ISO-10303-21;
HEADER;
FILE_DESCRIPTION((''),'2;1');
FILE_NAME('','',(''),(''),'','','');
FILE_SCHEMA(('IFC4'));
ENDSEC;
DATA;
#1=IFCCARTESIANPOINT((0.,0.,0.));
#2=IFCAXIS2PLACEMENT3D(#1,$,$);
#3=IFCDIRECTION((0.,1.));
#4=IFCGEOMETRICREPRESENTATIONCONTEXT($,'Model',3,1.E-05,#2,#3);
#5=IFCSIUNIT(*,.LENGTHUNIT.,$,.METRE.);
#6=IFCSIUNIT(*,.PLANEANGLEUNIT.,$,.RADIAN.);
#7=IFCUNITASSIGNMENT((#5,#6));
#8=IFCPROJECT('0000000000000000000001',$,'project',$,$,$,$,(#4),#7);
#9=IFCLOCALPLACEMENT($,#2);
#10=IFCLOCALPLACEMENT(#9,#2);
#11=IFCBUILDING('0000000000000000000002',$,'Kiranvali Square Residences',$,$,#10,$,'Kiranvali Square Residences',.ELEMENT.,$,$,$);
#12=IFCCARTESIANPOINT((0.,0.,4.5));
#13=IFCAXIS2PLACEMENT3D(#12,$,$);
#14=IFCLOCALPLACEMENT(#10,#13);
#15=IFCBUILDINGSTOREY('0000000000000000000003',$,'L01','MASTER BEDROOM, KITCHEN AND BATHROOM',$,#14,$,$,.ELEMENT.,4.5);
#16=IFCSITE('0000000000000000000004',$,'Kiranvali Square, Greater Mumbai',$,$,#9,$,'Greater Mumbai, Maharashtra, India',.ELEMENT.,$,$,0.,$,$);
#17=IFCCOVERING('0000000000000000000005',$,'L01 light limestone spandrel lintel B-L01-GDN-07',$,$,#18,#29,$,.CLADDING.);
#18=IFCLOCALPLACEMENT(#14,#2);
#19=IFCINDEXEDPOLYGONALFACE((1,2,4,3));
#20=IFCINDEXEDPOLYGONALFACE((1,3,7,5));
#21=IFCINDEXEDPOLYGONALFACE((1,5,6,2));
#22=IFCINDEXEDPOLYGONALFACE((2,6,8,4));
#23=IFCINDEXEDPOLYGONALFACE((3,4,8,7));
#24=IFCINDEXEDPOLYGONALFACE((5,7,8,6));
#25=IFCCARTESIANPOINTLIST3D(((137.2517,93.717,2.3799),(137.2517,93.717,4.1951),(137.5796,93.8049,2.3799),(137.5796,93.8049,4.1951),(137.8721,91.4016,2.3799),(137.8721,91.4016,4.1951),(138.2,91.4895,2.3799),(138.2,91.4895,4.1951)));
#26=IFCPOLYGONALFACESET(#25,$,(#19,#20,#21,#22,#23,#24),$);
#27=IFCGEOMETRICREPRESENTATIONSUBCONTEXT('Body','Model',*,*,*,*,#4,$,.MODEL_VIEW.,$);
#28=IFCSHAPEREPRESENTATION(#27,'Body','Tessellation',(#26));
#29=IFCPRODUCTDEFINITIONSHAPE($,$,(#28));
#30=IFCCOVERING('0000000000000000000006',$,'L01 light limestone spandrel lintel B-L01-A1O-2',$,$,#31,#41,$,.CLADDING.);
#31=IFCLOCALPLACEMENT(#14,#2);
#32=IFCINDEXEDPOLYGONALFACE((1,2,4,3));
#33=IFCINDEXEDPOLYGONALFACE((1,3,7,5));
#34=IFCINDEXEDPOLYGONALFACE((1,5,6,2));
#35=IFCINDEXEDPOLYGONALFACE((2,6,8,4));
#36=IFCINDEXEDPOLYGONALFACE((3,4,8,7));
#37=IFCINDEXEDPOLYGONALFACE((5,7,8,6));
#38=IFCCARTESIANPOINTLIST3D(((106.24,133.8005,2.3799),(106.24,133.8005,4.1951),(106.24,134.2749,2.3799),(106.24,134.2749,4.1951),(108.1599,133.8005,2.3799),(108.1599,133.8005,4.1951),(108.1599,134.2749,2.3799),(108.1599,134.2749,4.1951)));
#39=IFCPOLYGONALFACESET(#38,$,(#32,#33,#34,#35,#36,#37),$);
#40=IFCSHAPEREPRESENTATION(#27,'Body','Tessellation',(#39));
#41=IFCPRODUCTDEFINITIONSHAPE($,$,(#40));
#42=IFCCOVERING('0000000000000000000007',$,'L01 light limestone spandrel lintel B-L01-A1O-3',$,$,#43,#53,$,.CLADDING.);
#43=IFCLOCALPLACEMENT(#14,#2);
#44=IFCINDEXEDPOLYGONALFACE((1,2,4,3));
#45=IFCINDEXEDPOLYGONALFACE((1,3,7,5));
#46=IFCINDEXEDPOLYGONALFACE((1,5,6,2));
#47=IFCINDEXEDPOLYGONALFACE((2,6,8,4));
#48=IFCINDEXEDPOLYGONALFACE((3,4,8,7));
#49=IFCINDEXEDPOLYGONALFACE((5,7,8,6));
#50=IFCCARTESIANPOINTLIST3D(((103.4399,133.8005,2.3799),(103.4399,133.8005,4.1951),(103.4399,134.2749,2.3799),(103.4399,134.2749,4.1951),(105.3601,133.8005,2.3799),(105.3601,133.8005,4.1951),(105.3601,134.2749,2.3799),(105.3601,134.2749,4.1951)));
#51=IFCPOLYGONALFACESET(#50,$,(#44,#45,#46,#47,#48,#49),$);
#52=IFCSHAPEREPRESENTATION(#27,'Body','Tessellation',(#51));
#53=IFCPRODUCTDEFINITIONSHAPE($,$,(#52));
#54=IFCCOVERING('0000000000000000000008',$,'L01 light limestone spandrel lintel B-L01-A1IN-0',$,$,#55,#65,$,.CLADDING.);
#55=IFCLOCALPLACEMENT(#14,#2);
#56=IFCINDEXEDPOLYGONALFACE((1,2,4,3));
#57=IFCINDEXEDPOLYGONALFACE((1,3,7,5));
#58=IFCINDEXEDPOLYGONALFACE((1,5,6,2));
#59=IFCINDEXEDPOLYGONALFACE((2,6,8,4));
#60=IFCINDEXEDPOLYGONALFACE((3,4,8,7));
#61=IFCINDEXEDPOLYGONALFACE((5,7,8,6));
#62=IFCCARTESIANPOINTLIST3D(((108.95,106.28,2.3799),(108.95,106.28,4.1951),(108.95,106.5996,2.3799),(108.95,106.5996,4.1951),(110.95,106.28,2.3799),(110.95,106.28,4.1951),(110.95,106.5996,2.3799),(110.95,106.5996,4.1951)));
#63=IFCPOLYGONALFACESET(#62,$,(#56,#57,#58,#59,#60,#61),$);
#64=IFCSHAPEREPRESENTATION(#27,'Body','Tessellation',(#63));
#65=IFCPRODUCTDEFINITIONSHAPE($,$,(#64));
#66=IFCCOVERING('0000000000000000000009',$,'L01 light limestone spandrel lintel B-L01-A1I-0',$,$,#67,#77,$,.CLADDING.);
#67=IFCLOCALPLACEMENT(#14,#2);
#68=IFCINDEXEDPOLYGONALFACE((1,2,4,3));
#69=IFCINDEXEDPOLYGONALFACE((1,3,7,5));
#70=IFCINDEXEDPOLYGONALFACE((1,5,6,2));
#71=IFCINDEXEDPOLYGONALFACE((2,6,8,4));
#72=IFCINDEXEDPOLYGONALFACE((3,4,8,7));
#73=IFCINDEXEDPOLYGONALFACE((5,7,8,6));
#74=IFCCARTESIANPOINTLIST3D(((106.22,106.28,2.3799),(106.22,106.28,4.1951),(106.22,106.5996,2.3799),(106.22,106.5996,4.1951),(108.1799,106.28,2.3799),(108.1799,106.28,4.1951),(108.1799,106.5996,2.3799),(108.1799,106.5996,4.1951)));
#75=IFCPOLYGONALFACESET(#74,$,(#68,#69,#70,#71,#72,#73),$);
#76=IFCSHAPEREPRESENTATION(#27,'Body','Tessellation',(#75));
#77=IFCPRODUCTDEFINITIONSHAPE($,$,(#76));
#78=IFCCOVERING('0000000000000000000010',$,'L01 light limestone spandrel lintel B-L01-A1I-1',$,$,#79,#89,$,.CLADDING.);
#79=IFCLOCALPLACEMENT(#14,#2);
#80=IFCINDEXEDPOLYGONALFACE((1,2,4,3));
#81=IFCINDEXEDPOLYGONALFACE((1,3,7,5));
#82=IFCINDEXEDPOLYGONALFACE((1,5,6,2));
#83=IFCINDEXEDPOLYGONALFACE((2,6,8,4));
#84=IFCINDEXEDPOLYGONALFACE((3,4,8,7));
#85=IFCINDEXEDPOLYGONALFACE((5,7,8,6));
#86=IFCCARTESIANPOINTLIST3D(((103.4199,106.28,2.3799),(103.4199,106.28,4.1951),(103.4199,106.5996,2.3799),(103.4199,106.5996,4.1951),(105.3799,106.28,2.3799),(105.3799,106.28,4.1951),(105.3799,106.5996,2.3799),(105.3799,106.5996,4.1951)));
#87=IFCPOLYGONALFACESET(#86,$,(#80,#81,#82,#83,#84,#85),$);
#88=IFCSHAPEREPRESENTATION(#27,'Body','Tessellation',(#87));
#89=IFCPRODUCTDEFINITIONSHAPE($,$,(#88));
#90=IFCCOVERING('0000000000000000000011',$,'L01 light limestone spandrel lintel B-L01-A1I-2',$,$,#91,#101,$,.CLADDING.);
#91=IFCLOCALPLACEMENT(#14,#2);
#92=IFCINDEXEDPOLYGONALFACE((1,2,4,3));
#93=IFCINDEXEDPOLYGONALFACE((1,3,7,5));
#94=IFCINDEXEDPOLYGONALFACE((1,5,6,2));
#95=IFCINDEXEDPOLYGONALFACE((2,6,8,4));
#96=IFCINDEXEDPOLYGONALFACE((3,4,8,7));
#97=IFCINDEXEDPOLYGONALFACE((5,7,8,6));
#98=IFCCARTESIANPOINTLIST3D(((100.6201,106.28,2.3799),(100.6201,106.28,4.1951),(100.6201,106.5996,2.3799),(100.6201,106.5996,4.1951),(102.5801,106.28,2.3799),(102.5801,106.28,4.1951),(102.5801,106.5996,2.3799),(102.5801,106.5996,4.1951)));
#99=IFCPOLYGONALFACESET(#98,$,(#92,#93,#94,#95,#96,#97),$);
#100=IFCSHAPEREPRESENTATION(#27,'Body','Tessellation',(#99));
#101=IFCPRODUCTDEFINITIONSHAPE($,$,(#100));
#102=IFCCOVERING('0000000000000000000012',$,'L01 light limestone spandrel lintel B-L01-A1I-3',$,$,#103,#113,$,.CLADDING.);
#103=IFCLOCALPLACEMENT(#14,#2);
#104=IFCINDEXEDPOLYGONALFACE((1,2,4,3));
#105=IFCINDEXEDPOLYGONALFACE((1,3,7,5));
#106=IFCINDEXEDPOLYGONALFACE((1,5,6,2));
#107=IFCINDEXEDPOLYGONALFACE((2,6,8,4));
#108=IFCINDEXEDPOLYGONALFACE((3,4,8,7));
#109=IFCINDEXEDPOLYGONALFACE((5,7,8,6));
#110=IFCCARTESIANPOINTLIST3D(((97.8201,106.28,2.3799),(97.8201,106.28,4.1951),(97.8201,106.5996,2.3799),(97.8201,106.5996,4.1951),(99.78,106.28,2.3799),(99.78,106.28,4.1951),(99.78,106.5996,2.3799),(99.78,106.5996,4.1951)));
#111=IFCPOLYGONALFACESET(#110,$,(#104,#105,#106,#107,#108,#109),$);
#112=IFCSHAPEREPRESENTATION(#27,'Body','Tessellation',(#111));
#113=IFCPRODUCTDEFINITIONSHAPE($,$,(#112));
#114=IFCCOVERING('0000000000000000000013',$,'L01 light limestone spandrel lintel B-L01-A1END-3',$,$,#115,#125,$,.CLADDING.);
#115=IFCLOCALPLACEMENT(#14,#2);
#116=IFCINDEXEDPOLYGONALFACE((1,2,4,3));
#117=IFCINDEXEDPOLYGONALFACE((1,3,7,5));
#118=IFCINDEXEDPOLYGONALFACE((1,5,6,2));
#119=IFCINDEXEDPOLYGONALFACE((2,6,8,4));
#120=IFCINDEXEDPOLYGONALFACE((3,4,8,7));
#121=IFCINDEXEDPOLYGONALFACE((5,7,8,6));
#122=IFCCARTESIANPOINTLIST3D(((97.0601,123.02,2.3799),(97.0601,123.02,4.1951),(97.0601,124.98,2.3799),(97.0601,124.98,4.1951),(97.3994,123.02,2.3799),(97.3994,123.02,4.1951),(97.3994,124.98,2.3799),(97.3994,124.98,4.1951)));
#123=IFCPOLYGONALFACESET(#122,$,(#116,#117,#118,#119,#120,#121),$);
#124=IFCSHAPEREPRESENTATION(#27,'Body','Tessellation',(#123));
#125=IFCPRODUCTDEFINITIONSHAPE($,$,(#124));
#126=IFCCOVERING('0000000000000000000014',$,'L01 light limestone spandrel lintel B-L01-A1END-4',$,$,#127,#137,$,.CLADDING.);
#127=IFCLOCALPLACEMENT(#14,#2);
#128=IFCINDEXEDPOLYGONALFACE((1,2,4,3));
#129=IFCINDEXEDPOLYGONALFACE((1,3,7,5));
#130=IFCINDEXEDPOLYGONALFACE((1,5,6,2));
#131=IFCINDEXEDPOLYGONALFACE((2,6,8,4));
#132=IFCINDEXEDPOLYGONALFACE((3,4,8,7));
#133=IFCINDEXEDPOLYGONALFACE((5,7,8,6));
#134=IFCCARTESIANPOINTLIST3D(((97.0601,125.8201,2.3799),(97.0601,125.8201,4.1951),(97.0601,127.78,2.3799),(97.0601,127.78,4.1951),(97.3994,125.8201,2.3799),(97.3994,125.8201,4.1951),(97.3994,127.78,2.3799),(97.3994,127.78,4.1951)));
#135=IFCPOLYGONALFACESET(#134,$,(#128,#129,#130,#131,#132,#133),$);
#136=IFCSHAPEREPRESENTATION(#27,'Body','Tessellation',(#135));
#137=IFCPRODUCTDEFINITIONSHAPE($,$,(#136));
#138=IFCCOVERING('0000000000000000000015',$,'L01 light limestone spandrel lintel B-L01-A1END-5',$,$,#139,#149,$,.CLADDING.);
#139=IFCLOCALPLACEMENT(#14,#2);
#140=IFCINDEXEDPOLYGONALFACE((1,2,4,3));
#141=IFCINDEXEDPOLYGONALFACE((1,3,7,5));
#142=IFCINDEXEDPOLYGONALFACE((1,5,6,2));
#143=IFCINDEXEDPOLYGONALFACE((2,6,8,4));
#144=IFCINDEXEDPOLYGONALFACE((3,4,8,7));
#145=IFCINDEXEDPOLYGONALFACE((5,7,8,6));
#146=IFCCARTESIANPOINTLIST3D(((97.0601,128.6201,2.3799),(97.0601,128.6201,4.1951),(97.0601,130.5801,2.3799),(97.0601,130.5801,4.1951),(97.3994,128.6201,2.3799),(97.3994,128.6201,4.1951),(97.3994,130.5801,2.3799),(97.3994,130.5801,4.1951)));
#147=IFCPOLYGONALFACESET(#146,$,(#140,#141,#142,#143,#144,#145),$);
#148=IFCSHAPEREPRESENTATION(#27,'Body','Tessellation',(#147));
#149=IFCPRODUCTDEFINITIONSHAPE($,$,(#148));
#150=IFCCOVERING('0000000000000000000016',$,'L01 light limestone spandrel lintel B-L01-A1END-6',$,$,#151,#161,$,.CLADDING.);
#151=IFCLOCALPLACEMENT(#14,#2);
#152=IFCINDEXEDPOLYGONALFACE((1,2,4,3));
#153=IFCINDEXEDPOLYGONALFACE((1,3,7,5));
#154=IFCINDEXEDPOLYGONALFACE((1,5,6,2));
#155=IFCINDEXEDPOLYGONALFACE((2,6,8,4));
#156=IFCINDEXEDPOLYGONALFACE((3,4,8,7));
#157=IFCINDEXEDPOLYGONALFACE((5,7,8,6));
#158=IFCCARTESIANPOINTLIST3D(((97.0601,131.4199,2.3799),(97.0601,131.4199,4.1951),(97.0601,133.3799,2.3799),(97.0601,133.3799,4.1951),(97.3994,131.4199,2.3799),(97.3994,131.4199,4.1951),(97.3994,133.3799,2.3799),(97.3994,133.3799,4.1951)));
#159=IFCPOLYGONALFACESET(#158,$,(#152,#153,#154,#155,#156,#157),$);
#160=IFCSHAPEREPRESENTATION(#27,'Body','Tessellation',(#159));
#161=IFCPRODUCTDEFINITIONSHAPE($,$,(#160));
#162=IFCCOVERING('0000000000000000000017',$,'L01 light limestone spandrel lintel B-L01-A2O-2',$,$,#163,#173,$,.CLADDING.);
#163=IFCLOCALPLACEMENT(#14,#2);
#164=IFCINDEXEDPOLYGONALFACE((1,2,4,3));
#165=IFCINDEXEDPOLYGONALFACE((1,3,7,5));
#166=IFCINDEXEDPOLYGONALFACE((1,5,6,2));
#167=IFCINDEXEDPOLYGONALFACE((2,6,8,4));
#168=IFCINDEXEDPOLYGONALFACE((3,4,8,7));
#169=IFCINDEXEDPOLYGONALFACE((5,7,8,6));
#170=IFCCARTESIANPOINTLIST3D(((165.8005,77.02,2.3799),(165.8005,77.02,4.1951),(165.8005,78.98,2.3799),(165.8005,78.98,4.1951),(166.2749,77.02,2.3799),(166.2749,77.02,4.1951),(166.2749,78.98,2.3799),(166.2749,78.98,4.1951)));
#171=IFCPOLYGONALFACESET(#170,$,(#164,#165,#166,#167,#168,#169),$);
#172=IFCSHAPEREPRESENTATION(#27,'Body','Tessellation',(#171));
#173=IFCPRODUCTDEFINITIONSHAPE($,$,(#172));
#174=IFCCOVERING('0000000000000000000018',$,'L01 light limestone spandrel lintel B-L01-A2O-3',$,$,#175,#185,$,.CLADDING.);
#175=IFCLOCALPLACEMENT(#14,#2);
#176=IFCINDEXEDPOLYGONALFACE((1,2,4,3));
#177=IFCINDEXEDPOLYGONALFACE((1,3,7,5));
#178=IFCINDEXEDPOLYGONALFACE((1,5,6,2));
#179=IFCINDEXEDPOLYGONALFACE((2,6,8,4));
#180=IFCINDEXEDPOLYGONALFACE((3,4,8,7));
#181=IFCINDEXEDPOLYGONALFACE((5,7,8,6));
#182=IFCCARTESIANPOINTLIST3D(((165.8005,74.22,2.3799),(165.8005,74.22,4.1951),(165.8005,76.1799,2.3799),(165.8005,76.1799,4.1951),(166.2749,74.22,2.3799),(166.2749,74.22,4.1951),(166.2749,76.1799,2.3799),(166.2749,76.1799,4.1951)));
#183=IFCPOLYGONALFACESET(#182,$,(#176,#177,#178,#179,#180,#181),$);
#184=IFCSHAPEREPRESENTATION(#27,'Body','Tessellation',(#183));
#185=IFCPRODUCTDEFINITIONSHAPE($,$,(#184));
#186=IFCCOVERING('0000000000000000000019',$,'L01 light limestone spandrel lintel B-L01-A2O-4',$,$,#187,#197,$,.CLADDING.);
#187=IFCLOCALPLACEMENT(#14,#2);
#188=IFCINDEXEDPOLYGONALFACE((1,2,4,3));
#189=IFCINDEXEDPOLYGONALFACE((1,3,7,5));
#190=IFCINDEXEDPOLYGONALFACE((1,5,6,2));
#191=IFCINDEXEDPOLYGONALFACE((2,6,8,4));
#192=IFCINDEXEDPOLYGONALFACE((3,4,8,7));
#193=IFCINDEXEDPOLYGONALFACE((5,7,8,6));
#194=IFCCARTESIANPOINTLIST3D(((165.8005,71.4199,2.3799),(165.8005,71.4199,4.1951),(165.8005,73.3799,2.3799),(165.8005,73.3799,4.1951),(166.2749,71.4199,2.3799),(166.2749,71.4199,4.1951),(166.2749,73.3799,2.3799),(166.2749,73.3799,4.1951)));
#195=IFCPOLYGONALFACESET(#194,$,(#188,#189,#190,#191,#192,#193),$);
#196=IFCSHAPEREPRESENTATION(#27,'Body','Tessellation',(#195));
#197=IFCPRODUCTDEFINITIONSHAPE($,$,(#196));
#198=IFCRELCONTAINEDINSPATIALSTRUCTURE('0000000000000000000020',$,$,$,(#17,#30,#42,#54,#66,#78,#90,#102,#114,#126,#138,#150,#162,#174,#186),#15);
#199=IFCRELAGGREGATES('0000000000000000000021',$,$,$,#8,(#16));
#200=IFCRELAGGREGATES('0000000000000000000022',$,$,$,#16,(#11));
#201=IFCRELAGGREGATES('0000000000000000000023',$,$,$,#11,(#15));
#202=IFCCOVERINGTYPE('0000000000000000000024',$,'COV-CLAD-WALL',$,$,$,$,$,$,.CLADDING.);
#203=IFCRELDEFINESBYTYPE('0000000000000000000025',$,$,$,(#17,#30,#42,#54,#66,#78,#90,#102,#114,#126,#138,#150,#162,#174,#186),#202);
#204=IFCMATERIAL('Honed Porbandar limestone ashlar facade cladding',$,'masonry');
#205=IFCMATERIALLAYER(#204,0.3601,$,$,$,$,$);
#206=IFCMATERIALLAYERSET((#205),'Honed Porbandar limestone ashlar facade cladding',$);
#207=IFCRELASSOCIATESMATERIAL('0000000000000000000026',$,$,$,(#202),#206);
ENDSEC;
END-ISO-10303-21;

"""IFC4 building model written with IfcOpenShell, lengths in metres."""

from ifc_helpers import new_model, si_unit, direction, frame, origin, place, context, subcontext, project, spatial, polyline, outline, extrude, material, layer, layer_set, type_object, element, save


model = new_model("IFC4")

# Units and contexts
model_context = context("Model", 3, precision=1e-05, world=origin(), true_north=direction((0.0, 1.0)))
body_context = subcontext(model_context, "Body", "Model", "MODEL_VIEW")
ifc_project = project(units=[si_unit("LENGTHUNIT", "METRE"), si_unit("PLANEANGLEUNIT", "RADIAN")], contexts=[model_context])

# Site, building, storey
site_placement = place(None, origin())
site = spatial("IfcSite", under=ifc_project, at=site_placement, Name="Kiranvali Square, Greater Mumbai", LongName="Greater Mumbai, Maharashtra, India", CompositionType="ELEMENT", RefElevation=0.0)
building_placement = place(site_placement, origin())
building = spatial("IfcBuilding", under=site, at=building_placement, Name="Kiranvali Square Residences", LongName="Kiranvali Square Residences", CompositionType="ELEMENT")
storey_placement = place(building_placement, frame((0.0, 0.0, 4.5)))
storey = spatial("IfcBuildingStorey", under=building, at=storey_placement, Name="L01", Description="MASTER BEDROOM, KITCHEN AND BATHROOM", CompositionType="ELEMENT", Elevation=4.5)

# Coverings
ifc_material = material(Name="Honed Porbandar limestone ashlar facade cladding", Category="masonry")
ifc_layer = layer(ifc_material, 0.3601)
ifc_layer_set = layer_set([ifc_layer], Name="Honed Porbandar limestone ashlar facade cladding")
covering_type = type_object("IfcCoveringType", Name="COV-CLAD-WALL", PredefinedType="CLADDING", material=ifc_layer_set)
covering_1_placement = place(storey_placement, frame((0.0, 0.0, 2.3799)))
element("IfcCovering", 1, at=covering_1_placement, inside=storey, type_object=covering_type, Name="L01 light limestone spandrel lintel B-L01-GDN-07", PredefinedType="CLADDING", context=body_context, shape_type="SweptSolid", body=[
    extrude(outline(polyline([(137.2517, 93.717), (137.8721, 91.4016), (138.2, 91.4895), (137.5796, 93.8049), (137.2517, 93.717)])), origin(), (0.0, 0.0, 1.0), 1.8152),
])
covering_2_placement = place(storey_placement, frame((0.0, 0.0, 2.3799)))
element("IfcCovering", 2, at=covering_2_placement, inside=storey, type_object=covering_type, Name="L01 light limestone spandrel lintel B-L01-A1O-2", PredefinedType="CLADDING", context=body_context, shape_type="SweptSolid", body=[
    extrude(outline(polyline([(108.1599, 134.2749), (106.24, 134.2749), (106.24, 133.8005), (108.1599, 133.8005), (108.1599, 134.2749)])), origin(), (0.0, 0.0, 1.0), 1.8152),
])
covering_3_placement = place(storey_placement, frame((0.0, 0.0, 2.3799)))
element("IfcCovering", 3, at=covering_3_placement, inside=storey, type_object=covering_type, Name="L01 light limestone spandrel lintel B-L01-A1O-3", PredefinedType="CLADDING", context=body_context, shape_type="SweptSolid", body=[
    extrude(outline(polyline([(105.3601, 134.2749), (103.4399, 134.2749), (103.4399, 133.8005), (105.3601, 133.8005), (105.3601, 134.2749)])), origin(), (0.0, 0.0, 1.0), 1.8152),
])
covering_4_placement = place(storey_placement, frame((0.0, 0.0, 2.3799)))
element("IfcCovering", 4, at=covering_4_placement, inside=storey, type_object=covering_type, Name="L01 light limestone spandrel lintel B-L01-A1IN-0", PredefinedType="CLADDING", context=body_context, shape_type="SweptSolid", body=[
    extrude(outline(polyline([(110.95, 106.5996), (108.95, 106.5996), (108.95, 106.28), (110.95, 106.28), (110.95, 106.5996)])), origin(), (0.0, 0.0, 1.0), 1.8152),
])
covering_5_placement = place(storey_placement, frame((0.0, 0.0, 2.3799)))
element("IfcCovering", 5, at=covering_5_placement, inside=storey, type_object=covering_type, Name="L01 light limestone spandrel lintel B-L01-A1I-0", PredefinedType="CLADDING", context=body_context, shape_type="SweptSolid", body=[
    extrude(outline(polyline([(108.1799, 106.5996), (106.22, 106.5996), (106.22, 106.28), (108.1799, 106.28), (108.1799, 106.5996)])), origin(), (0.0, 0.0, 1.0), 1.8152),
])
covering_6_placement = place(storey_placement, frame((0.0, 0.0, 2.3799)))
element("IfcCovering", 6, at=covering_6_placement, inside=storey, type_object=covering_type, Name="L01 light limestone spandrel lintel B-L01-A1I-1", PredefinedType="CLADDING", context=body_context, shape_type="SweptSolid", body=[
    extrude(outline(polyline([(105.3799, 106.5996), (103.4199, 106.5996), (103.4199, 106.28), (105.3799, 106.28), (105.3799, 106.5996)])), origin(), (0.0, 0.0, 1.0), 1.8152),
])
covering_7_placement = place(storey_placement, frame((0.0, 0.0, 2.3799)))
element("IfcCovering", 7, at=covering_7_placement, inside=storey, type_object=covering_type, Name="L01 light limestone spandrel lintel B-L01-A1I-2", PredefinedType="CLADDING", context=body_context, shape_type="SweptSolid", body=[
    extrude(outline(polyline([(102.5801, 106.5996), (100.6201, 106.5996), (100.6201, 106.28), (102.5801, 106.28), (102.5801, 106.5996)])), origin(), (0.0, 0.0, 1.0), 1.8152),
])
covering_8_placement = place(storey_placement, frame((0.0, 0.0, 2.3799)))
element("IfcCovering", 8, at=covering_8_placement, inside=storey, type_object=covering_type, Name="L01 light limestone spandrel lintel B-L01-A1I-3", PredefinedType="CLADDING", context=body_context, shape_type="SweptSolid", body=[
    extrude(outline(polyline([(99.78, 106.5996), (97.8201, 106.5996), (97.8201, 106.28), (99.78, 106.28), (99.78, 106.5996)])), origin(), (0.0, 0.0, 1.0), 1.8152),
])
covering_9_placement = place(storey_placement, frame((0.0, 0.0, 2.3799)))
element("IfcCovering", 9, at=covering_9_placement, inside=storey, type_object=covering_type, Name="L01 light limestone spandrel lintel B-L01-A1END-3", PredefinedType="CLADDING", context=body_context, shape_type="SweptSolid", body=[
    extrude(outline(polyline([(97.3994, 123.02), (97.3994, 124.98), (97.0601, 124.98), (97.0601, 123.02), (97.3994, 123.02)])), origin(), (0.0, 0.0, 1.0), 1.8152),
])
covering_10_placement = place(storey_placement, frame((0.0, 0.0, 2.3799)))
element("IfcCovering", 10, at=covering_10_placement, inside=storey, type_object=covering_type, Name="L01 light limestone spandrel lintel B-L01-A1END-4", PredefinedType="CLADDING", context=body_context, shape_type="SweptSolid", body=[
    extrude(outline(polyline([(97.3994, 125.8201), (97.3994, 127.78), (97.0601, 127.78), (97.0601, 125.8201), (97.3994, 125.8201)])), origin(), (0.0, 0.0, 1.0), 1.8152),
])
covering_11_placement = place(storey_placement, frame((0.0, 0.0, 2.3799)))
element("IfcCovering", 11, at=covering_11_placement, inside=storey, type_object=covering_type, Name="L01 light limestone spandrel lintel B-L01-A1END-5", PredefinedType="CLADDING", context=body_context, shape_type="SweptSolid", body=[
    extrude(outline(polyline([(97.3994, 128.6201), (97.3994, 130.5801), (97.0601, 130.5801), (97.0601, 128.6201), (97.3994, 128.6201)])), origin(), (0.0, 0.0, 1.0), 1.8152),
])
covering_12_placement = place(storey_placement, frame((0.0, 0.0, 2.3799)))
element("IfcCovering", 12, at=covering_12_placement, inside=storey, type_object=covering_type, Name="L01 light limestone spandrel lintel B-L01-A1END-6", PredefinedType="CLADDING", context=body_context, shape_type="SweptSolid", body=[
    extrude(outline(polyline([(97.3994, 131.4199), (97.3994, 133.3799), (97.0601, 133.3799), (97.0601, 131.4199), (97.3994, 131.4199)])), origin(), (0.0, 0.0, 1.0), 1.8152),
])
covering_13_placement = place(storey_placement, frame((0.0, 0.0, 2.3799)))
element("IfcCovering", 13, at=covering_13_placement, inside=storey, type_object=covering_type, Name="L01 light limestone spandrel lintel B-L01-A2O-2", PredefinedType="CLADDING", context=body_context, shape_type="SweptSolid", body=[
    extrude(outline(polyline([(165.8005, 78.98), (165.8005, 77.02), (166.2749, 77.02), (166.2749, 78.98), (165.8005, 78.98)])), origin(), (0.0, 0.0, 1.0), 1.8152),
])
covering_14_placement = place(storey_placement, frame((0.0, 0.0, 2.3799)))
element("IfcCovering", 14, at=covering_14_placement, inside=storey, type_object=covering_type, Name="L01 light limestone spandrel lintel B-L01-A2O-3", PredefinedType="CLADDING", context=body_context, shape_type="SweptSolid", body=[
    extrude(outline(polyline([(165.8005, 76.1799), (165.8005, 74.22), (166.2749, 74.22), (166.2749, 76.1799), (165.8005, 76.1799)])), origin(), (0.0, 0.0, 1.0), 1.8152),
])
covering_15_placement = place(storey_placement, frame((0.0, 0.0, 2.3799)))
element("IfcCovering", 15, at=covering_15_placement, inside=storey, type_object=covering_type, Name="L01 light limestone spandrel lintel B-L01-A2O-4", PredefinedType="CLADDING", context=body_context, shape_type="SweptSolid", body=[
    extrude(outline(polyline([(165.8005, 73.3799), (165.8005, 71.4199), (166.2749, 71.4199), (166.2749, 73.3799), (165.8005, 73.3799)])), origin(), (0.0, 0.0, 1.0), 1.8152),
])

save(model, "model.ifc")
